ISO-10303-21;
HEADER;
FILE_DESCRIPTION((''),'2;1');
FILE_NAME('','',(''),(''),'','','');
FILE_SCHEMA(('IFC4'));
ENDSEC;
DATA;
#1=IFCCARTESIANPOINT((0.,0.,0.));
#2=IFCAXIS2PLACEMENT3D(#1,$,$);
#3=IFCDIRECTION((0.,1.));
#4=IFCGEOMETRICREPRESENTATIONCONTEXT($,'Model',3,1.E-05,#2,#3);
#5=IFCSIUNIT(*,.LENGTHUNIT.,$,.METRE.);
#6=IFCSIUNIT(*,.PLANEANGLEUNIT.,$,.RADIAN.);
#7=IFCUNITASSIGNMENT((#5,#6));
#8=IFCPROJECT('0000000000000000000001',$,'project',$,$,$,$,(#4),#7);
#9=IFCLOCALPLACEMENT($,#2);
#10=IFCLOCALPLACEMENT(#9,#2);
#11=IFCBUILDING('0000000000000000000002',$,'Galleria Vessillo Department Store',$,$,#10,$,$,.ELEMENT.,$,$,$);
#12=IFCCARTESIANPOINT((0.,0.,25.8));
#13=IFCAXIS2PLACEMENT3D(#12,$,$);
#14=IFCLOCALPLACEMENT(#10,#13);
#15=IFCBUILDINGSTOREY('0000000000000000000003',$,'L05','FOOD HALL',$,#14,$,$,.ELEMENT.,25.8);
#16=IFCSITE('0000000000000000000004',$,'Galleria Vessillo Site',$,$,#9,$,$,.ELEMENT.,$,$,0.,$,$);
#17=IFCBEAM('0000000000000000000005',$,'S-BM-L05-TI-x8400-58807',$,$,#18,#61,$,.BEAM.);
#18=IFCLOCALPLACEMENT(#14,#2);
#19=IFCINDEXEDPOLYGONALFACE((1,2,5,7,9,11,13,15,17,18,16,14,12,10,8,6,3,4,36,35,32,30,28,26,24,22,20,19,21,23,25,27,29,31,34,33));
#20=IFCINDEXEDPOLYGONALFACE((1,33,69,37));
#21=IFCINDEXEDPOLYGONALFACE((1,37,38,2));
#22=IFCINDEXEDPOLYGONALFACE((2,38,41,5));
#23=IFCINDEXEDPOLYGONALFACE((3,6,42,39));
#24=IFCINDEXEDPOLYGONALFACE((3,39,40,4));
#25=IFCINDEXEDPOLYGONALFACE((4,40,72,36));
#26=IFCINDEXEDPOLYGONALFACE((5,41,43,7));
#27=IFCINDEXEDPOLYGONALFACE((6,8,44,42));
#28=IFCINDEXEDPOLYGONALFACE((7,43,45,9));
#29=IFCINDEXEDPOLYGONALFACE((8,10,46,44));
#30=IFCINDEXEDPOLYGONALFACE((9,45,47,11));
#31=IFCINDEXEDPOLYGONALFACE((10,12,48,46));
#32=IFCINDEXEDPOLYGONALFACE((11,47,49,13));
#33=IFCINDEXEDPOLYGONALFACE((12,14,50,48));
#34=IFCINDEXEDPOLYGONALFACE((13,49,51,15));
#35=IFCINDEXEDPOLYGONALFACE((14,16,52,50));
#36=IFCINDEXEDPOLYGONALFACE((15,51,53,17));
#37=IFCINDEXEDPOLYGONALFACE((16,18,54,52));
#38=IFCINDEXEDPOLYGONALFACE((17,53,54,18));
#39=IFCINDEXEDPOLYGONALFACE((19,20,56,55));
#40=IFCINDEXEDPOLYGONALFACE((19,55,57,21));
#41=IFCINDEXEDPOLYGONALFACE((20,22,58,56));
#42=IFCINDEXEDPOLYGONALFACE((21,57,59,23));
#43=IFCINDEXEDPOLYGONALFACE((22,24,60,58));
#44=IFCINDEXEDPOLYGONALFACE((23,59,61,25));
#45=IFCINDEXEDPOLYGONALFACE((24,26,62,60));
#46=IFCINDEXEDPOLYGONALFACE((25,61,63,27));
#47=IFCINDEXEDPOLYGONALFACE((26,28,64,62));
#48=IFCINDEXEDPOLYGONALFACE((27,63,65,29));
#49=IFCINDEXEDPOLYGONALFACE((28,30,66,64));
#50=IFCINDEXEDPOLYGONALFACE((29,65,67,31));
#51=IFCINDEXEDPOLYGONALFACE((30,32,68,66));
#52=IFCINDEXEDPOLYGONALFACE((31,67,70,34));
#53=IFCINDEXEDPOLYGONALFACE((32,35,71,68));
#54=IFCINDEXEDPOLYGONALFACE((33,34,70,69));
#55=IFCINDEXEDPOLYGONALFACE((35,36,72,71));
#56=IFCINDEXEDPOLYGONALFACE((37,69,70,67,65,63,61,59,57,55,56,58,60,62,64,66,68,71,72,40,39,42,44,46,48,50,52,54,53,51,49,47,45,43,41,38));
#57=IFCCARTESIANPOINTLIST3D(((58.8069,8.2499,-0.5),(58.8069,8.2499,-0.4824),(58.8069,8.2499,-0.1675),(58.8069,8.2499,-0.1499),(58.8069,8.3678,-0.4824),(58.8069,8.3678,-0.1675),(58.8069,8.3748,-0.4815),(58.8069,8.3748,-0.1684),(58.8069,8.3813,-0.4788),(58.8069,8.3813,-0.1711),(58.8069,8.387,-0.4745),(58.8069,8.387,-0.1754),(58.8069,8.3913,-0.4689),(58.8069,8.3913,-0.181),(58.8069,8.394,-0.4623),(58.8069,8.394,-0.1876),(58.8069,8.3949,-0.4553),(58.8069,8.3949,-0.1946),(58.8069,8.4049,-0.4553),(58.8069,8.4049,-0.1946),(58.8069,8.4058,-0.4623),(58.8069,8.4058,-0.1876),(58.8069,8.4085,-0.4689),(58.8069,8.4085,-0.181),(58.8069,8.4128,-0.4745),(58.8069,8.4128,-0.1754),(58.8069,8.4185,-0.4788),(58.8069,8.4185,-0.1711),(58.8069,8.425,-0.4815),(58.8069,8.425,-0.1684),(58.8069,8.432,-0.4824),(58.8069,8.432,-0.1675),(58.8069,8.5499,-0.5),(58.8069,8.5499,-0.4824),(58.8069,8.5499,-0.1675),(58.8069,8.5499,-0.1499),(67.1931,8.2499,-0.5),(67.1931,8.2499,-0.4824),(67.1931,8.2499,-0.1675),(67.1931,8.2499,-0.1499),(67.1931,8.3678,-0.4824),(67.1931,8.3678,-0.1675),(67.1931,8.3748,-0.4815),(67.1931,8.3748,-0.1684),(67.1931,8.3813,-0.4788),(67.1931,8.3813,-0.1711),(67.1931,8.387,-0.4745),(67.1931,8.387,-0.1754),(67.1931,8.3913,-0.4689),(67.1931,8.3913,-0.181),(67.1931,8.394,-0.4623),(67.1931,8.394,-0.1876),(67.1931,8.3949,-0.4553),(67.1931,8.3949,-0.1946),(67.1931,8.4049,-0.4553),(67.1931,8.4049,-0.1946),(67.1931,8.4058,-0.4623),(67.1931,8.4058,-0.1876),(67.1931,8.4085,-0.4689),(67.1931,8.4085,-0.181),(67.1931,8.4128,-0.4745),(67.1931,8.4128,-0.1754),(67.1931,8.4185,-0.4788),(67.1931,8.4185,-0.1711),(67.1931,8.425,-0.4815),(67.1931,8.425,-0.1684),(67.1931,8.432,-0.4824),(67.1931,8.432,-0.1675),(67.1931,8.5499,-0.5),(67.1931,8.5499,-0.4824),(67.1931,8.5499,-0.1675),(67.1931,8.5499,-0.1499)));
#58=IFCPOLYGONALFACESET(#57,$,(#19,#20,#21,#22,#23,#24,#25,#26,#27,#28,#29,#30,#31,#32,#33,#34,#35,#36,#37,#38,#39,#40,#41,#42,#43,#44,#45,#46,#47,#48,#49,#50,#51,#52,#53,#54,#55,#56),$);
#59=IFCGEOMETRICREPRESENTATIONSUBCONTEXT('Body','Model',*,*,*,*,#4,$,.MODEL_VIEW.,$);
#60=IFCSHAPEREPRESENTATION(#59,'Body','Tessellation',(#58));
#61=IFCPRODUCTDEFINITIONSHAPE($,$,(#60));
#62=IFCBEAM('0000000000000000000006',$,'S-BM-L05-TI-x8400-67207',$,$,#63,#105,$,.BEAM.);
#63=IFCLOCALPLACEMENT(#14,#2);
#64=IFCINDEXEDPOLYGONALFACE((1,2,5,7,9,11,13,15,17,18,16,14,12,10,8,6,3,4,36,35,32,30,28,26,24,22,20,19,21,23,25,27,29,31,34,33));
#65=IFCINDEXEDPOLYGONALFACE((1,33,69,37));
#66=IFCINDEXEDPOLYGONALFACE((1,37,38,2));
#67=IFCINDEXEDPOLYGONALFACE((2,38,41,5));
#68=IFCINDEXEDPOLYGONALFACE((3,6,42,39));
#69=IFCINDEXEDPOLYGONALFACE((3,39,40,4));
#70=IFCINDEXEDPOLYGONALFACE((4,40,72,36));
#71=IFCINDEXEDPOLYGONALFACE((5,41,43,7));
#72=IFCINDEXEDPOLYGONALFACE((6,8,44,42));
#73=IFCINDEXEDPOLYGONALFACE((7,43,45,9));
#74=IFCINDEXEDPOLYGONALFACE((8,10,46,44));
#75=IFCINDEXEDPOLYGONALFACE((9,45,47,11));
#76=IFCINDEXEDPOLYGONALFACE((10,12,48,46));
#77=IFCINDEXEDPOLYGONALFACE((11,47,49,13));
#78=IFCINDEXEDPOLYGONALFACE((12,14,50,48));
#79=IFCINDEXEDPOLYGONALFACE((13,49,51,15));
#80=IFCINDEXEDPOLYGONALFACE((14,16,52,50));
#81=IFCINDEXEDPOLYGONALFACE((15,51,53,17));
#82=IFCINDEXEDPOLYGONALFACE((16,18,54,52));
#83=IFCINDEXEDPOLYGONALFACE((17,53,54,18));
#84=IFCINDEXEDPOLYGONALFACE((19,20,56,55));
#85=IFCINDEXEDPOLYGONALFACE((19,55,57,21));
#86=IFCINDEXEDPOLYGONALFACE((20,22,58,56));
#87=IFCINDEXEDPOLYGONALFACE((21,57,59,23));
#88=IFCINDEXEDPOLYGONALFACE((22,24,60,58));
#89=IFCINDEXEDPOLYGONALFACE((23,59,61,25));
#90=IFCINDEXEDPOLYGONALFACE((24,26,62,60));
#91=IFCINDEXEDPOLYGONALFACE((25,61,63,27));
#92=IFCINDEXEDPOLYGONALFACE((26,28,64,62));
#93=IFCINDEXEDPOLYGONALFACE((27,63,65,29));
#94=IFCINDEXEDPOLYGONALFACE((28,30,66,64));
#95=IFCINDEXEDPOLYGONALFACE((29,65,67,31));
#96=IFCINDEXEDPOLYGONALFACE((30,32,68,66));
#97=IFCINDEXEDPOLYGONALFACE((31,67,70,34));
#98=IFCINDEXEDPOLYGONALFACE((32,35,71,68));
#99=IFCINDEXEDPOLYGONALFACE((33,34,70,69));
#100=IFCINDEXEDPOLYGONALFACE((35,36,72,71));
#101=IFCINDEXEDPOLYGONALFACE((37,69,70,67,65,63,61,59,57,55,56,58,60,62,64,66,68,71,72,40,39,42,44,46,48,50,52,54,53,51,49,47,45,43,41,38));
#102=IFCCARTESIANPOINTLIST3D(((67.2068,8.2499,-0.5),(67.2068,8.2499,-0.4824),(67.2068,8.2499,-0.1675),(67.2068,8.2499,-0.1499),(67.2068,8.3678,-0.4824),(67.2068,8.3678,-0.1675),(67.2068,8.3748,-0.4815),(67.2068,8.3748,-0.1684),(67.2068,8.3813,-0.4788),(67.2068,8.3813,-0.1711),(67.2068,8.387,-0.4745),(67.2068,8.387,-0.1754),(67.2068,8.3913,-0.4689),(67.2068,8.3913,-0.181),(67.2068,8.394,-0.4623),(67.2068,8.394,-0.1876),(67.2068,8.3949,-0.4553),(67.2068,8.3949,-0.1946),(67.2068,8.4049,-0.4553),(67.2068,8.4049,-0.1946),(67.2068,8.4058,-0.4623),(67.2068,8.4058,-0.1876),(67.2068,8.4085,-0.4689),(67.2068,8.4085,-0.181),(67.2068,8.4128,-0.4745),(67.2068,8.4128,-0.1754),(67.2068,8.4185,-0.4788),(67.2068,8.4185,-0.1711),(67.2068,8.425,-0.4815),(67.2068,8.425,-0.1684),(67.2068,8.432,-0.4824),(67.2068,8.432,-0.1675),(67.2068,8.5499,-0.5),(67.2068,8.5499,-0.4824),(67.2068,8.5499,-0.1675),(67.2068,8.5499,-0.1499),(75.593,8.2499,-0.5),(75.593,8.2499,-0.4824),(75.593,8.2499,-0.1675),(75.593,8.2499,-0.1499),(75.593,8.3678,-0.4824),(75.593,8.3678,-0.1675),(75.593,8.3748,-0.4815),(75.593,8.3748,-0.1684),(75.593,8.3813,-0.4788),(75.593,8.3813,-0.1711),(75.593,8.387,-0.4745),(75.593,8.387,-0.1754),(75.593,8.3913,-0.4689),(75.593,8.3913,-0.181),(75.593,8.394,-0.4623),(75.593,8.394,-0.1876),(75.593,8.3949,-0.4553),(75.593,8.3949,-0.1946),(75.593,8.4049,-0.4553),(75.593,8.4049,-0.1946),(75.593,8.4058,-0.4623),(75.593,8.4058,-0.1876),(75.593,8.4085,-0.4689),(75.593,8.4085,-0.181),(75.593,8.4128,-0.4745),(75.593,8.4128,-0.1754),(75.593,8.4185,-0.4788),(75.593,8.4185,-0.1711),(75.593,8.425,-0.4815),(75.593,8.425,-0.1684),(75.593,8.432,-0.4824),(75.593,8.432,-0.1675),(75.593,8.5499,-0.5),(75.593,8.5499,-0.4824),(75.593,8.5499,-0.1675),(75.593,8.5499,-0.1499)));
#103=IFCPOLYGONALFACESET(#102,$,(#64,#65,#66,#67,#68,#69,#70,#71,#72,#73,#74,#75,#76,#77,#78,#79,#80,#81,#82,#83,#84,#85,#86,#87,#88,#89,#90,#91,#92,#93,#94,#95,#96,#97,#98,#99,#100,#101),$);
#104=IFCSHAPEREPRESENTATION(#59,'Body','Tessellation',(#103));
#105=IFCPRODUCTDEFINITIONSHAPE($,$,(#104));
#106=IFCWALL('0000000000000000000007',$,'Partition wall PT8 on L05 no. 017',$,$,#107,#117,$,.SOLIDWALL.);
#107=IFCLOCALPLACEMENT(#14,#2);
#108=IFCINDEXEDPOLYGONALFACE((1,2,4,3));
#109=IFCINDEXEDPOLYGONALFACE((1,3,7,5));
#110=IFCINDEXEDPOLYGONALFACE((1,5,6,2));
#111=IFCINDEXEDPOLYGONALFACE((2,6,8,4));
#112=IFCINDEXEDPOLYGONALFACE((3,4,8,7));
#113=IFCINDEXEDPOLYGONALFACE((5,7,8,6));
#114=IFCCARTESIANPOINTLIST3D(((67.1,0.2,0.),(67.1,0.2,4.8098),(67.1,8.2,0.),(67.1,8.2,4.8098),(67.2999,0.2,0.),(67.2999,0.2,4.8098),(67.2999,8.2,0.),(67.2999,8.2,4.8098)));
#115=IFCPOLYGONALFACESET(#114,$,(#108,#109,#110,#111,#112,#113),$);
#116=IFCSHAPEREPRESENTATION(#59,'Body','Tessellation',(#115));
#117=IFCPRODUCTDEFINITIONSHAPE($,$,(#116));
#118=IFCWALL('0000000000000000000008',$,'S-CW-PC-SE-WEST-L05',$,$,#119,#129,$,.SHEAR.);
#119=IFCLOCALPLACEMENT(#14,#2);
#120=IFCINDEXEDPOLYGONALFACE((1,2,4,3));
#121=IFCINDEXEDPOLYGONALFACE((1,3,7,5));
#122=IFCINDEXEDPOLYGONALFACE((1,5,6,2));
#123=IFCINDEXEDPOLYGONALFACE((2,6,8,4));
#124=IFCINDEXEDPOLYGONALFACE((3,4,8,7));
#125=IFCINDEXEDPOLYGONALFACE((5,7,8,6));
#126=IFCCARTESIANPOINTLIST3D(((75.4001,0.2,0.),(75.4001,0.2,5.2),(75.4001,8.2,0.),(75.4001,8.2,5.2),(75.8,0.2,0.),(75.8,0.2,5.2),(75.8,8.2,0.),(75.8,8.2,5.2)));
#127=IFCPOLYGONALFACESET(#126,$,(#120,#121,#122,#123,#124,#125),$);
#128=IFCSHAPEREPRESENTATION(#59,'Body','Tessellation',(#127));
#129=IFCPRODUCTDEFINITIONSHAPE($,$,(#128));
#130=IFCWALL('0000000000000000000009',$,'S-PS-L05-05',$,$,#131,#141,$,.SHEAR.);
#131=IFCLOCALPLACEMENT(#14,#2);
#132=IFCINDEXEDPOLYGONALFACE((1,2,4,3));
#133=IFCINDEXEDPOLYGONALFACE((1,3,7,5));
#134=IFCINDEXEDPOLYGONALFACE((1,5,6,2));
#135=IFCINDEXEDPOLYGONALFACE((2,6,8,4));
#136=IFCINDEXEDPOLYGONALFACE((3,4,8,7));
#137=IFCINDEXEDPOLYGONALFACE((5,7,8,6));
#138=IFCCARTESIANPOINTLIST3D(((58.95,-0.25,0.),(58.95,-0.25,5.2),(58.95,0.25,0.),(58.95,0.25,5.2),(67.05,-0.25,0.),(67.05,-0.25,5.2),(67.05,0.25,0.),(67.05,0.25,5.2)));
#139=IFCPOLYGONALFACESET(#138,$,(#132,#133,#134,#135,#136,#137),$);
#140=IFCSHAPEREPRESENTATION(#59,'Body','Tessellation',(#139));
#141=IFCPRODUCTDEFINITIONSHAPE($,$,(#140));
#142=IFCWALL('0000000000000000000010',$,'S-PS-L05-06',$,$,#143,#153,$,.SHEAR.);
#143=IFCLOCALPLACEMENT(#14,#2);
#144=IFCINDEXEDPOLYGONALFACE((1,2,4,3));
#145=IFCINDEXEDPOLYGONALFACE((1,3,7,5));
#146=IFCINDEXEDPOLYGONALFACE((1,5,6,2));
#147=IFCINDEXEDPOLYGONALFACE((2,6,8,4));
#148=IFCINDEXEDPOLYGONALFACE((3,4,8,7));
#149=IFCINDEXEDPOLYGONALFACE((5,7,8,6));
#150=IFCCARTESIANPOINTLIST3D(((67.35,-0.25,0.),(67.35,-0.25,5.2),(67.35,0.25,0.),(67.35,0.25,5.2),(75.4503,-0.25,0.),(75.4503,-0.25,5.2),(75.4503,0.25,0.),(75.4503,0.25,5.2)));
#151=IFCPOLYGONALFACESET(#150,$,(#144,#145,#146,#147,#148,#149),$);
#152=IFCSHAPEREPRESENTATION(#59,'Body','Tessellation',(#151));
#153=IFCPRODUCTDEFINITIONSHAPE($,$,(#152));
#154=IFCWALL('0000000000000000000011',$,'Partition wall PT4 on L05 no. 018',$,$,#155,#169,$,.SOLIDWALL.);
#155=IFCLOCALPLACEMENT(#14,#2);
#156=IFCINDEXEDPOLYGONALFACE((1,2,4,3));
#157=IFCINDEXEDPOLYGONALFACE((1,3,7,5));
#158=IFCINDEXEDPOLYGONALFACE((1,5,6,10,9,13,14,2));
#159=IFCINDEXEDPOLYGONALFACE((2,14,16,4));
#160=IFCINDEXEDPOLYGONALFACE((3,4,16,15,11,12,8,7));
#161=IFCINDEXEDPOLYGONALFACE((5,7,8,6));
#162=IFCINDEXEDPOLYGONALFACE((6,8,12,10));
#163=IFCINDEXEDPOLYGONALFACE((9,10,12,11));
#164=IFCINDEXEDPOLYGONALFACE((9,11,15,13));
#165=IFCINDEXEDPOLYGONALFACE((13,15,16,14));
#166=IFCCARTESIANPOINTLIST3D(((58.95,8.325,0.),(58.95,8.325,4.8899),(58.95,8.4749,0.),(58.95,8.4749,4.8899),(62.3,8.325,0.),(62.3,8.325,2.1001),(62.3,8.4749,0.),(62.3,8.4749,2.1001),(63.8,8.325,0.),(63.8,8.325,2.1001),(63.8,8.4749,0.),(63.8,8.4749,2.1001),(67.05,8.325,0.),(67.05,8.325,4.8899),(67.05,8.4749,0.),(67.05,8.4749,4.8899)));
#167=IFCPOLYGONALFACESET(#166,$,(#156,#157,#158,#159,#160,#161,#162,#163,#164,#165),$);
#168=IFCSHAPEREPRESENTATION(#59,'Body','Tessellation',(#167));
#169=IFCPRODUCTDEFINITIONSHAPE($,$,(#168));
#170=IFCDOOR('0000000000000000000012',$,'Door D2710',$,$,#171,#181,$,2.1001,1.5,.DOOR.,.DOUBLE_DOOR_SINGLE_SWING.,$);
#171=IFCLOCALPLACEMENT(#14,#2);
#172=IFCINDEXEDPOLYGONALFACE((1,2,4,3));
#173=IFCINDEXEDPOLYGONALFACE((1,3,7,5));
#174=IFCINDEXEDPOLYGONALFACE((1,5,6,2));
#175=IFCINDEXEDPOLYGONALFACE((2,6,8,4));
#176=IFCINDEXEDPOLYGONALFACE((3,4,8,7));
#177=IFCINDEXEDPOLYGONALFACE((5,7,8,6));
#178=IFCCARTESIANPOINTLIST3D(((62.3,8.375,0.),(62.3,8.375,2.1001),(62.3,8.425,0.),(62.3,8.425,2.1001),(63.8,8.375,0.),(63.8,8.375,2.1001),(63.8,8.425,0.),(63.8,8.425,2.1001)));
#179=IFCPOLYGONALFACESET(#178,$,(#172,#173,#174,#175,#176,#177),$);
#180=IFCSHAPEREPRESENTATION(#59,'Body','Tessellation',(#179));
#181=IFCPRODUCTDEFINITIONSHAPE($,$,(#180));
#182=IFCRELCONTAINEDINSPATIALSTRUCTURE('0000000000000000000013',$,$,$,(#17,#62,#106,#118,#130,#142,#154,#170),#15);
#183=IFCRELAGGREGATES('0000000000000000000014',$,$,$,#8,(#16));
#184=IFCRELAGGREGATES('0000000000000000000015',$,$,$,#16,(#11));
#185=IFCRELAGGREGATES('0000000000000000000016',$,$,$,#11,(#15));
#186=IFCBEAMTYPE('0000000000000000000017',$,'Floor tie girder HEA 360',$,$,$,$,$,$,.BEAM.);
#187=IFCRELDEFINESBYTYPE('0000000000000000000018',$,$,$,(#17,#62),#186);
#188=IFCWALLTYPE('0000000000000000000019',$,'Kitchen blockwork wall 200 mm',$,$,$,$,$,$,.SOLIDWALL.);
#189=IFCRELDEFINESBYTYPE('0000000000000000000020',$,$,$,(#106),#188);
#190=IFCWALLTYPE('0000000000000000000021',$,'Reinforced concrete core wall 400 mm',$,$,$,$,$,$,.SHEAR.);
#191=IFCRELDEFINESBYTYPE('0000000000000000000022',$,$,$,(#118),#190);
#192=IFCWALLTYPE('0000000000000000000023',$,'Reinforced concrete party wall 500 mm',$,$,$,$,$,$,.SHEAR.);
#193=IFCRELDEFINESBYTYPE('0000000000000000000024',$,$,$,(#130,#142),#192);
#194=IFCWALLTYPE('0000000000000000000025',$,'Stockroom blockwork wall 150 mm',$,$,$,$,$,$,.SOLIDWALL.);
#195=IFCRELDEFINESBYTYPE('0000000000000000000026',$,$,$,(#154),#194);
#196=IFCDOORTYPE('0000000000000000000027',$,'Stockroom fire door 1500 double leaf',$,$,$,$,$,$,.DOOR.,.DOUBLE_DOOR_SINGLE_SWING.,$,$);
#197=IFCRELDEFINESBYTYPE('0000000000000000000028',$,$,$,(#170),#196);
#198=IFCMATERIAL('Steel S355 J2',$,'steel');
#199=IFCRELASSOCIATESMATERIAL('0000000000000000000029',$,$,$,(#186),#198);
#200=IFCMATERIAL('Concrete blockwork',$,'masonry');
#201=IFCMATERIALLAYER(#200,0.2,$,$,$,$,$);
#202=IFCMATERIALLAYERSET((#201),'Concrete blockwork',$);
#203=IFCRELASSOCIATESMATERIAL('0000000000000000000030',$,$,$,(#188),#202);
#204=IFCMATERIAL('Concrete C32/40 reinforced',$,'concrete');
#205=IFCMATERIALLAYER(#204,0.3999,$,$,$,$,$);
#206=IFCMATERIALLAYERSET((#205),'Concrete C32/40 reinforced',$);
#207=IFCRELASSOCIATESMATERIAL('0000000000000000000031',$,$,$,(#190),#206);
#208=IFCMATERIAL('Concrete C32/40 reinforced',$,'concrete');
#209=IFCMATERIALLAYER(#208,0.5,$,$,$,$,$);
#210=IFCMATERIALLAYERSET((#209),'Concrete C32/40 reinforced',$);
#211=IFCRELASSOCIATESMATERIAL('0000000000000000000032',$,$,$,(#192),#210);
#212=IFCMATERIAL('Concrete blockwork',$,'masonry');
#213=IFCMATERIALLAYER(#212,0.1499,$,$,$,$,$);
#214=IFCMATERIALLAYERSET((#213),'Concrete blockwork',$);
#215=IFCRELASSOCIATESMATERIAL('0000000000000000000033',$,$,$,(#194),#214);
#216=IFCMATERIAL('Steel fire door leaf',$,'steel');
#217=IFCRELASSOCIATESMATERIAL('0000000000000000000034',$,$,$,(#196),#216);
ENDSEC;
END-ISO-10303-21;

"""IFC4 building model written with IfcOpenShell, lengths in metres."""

from ifc_helpers import new_model, si_unit, direction, frame, frame_2d, origin, origin_2d, place, context, subcontext, project, spatial, rectangle, i_section, extrude, material, layer, layer_set, material_profile, profile_set, type_object, element, fill, save


model = new_model("IFC4")

# Units and contexts
model_context = context("Model", 3, precision=1e-05, world=origin(), true_north=direction((0.0, 1.0)))
body_context = subcontext(model_context, "Body", "Model", "MODEL_VIEW")
ifc_project = project(units=[si_unit("LENGTHUNIT", "METRE"), si_unit("PLANEANGLEUNIT", "RADIAN")], contexts=[model_context])

# Site, building, storey
site_placement = place(None, origin())
site = spatial("IfcSite", under=ifc_project, at=site_placement, Name="Galleria Vessillo Site", CompositionType="ELEMENT", RefElevation=0.0)
building_placement = place(site_placement, origin())
building = spatial("IfcBuilding", under=site, at=building_placement, Name="Galleria Vessillo Department Store", CompositionType="ELEMENT")
storey_placement = place(building_placement, frame((0.0, 0.0, 25.8)))
storey = spatial("IfcBuildingStorey", under=building, at=storey_placement, Name="L05", Description="FOOD HALL", CompositionType="ELEMENT", Elevation=25.8)

# Beams
ifc_material_1 = material(Name="Steel S355 J2", Category="steel")
ifc_material_profile_1 = material_profile(ifc_material_1, i_section(OverallWidth=0.3, OverallDepth=0.3501, WebThickness=0.01, FlangeThickness=0.0176, FilletRadius=0.0271, at=origin_2d()), Name="HEA 360")
ifc_profile_set_1 = profile_set([ifc_material_profile_1], Name="Steel S355 J2")
beam_type_1 = type_object("IfcBeamType", Name="Floor tie girder HEA 360", PredefinedType="BEAM", material=ifc_profile_set_1)
for number, where, z_axis, x_axis, name in (
    (1, (58.8069, 8.3999, -0.325), (1.0, 0.0, 0.0), (0.0, 1.0, 0.0), "S-BM-L05-TI-x8400-58807"),
    (2, (67.2068, 8.3999, -0.325), (1.0, 0.0, 0.0), (0.0, 1.0, 0.0), "S-BM-L05-TI-x8400-67207"),
):
    element("IfcBeam", number, at=place(storey_placement, frame(where, z_axis=z_axis, x_axis=x_axis)), inside=storey, type_object=beam_type_1, Name=name, PredefinedType="BEAM", context=body_context, shape_type="SweptSolid", body=[
        extrude(i_section(OverallWidth=0.3, OverallDepth=0.3501, WebThickness=0.01, FlangeThickness=0.0176, FilletRadius=0.0271, at=origin_2d()), origin(), (0.0, 0.0, 1.0), 8.3862),
    ])

# Walls
ifc_material_2 = material(Name="Concrete blockwork", Category="masonry")
ifc_layer_1 = layer(ifc_material_2, 0.2)
ifc_layer_set_1 = layer_set([ifc_layer_1], Name="Concrete blockwork")
wall_type_1 = type_object("IfcWallType", Name="Kitchen blockwork wall 200 mm", PredefinedType="SOLIDWALL", material=ifc_layer_set_1)
wall_1_placement = place(storey_placement, frame((67.2, 0.2, 0.0), z_axis=(0.0, 0.0, 1.0), x_axis=(0.0, 1.0, 0.0)))
element("IfcWall", 3, at=wall_1_placement, inside=storey, type_object=wall_type_1, Name="Partition wall PT8 on L05 no. 017", PredefinedType="SOLIDWALL", context=body_context, shape_type="SweptSolid", body=[
    extrude(rectangle(XDim=8.0, YDim=0.2, at=frame_2d((4.0, 0.0))), origin(), (0.0, 0.0, 1.0), 4.8098),
])
ifc_material_3 = material(Name="Concrete C32/40 reinforced", Category="concrete")
ifc_layer_2 = layer(ifc_material_3, 0.3999)
ifc_layer_set_2 = layer_set([ifc_layer_2], Name="Concrete C32/40 reinforced")
wall_type_2 = type_object("IfcWallType", Name="Reinforced concrete core wall 400 mm", PredefinedType="SHEAR", material=ifc_layer_set_2)
wall_2_placement = place(storey_placement, frame((75.6001, 0.2, 0.0), z_axis=(0.0, 0.0, 1.0), x_axis=(0.0, 1.0, 0.0)))
element("IfcWall", 4, at=wall_2_placement, inside=storey, type_object=wall_type_2, Name="S-CW-PC-SE-WEST-L05", PredefinedType="SHEAR", context=body_context, shape_type="SweptSolid", body=[
    extrude(rectangle(XDim=8.0, YDim=0.3999, at=frame_2d((4.0, 0.0))), origin(), (0.0, 0.0, 1.0), 5.2),
])
ifc_material_4 = material(Name="Concrete C32/40 reinforced", Category="concrete")
ifc_layer_3 = layer(ifc_material_4, 0.5)
ifc_layer_set_3 = layer_set([ifc_layer_3], Name="Concrete C32/40 reinforced")
wall_type_3 = type_object("IfcWallType", Name="Reinforced concrete party wall 500 mm", PredefinedType="SHEAR", material=ifc_layer_set_3)
wall_3_placement = place(storey_placement, frame((58.95, 0.0, 0.0), z_axis=(0.0, 0.0, 1.0), x_axis=(1.0, 0.0, 0.0)))
element("IfcWall", 5, at=wall_3_placement, inside=storey, type_object=wall_type_3, Name="S-PS-L05-05", PredefinedType="SHEAR", context=body_context, shape_type="SweptSolid", body=[
    extrude(rectangle(XDim=8.1001, YDim=0.5, at=frame_2d((4.05, 0.0))), origin(), (0.0, 0.0, 1.0), 5.2),
])
wall_4_placement = place(storey_placement, frame((67.3499, 0.0, 0.0), z_axis=(0.0, 0.0, 1.0), x_axis=(1.0, 0.0, 0.0)))
element("IfcWall", 6, at=wall_4_placement, inside=storey, type_object=wall_type_3, Name="S-PS-L05-06", PredefinedType="SHEAR", context=body_context, shape_type="SweptSolid", body=[
    extrude(rectangle(XDim=8.1003, YDim=0.5, at=frame_2d((4.0503, 0.0))), origin(), (0.0, 0.0, 1.0), 5.2),
])

# Wall, opening, door
ifc_material_5 = material(Name="Concrete blockwork", Category="masonry")
ifc_layer_4 = layer(ifc_material_5, 0.1499)
ifc_layer_set_4 = layer_set([ifc_layer_4], Name="Concrete blockwork")
wall_type_4 = type_object("IfcWallType", Name="Stockroom blockwork wall 150 mm", PredefinedType="SOLIDWALL", material=ifc_layer_set_4)
wall_5_placement = place(storey_placement, frame((58.95, 8.3999, 0.0), z_axis=(0.0, 0.0, 1.0), x_axis=(1.0, 0.0, 0.0)))
wall_5 = element("IfcWall", 7, at=wall_5_placement, inside=storey, type_object=wall_type_4, Name="Partition wall PT4 on L05 no. 018", PredefinedType="SOLIDWALL", context=body_context, shape_type="SweptSolid", body=[
    extrude(rectangle(XDim=8.1001, YDim=0.1499, at=frame_2d((4.05, 0.0))), origin(), (0.0, 0.0, 1.0), 4.8899),
])
opening_placement = place(wall_5_placement, frame((3.3501, 0.0, 0.0)))
opening = element("IfcOpeningElement", 8, at=opening_placement, cuts=wall_5, PredefinedType="OPENING", context=body_context, shape_type="SweptSolid", body=[
    extrude(rectangle(XDim=1.5, YDim=2.1001, at=frame_2d((0.75, 1.05))), frame((0.0, 0.085, 0.0), z_axis=(0.0, -1.0, 0.0), x_axis=(1.0, 0.0, 0.0)), (0.0, 0.0, 1.0), 0.1699),
])
ifc_material_6 = material(Name="Steel fire door leaf", Category="steel")
door_type = type_object("IfcDoorType", Name="Stockroom fire door 1500 double leaf", OperationType="DOUBLE_DOOR_SINGLE_SWING", PredefinedType="DOOR", material=ifc_material_6)
door_placement = place(opening_placement, frame((1.5, 0.0, 0.0), z_axis=(0.0, 0.0, 1.0), x_axis=(-1.0, 0.0, 0.0)))
door = element("IfcDoor", 9, at=door_placement, inside=storey, type_object=door_type, Name="Door D2710", OperationType="DOUBLE_DOOR_SINGLE_SWING", OverallHeight=2.1001, OverallWidth=1.5, PredefinedType="DOOR", context=body_context, shape_type="SweptSolid", body=[
    extrude(rectangle(XDim=1.5, YDim=2.1001, at=frame_2d((0.75, 1.05))), frame((0.0, 0.0249, 0.0), z_axis=(0.0, -1.0, 0.0), x_axis=(1.0, 0.0, 0.0)), (0.0, 0.0, 1.0), 0.05),
])
fill(opening, door)

save(model, "model.ifc")
